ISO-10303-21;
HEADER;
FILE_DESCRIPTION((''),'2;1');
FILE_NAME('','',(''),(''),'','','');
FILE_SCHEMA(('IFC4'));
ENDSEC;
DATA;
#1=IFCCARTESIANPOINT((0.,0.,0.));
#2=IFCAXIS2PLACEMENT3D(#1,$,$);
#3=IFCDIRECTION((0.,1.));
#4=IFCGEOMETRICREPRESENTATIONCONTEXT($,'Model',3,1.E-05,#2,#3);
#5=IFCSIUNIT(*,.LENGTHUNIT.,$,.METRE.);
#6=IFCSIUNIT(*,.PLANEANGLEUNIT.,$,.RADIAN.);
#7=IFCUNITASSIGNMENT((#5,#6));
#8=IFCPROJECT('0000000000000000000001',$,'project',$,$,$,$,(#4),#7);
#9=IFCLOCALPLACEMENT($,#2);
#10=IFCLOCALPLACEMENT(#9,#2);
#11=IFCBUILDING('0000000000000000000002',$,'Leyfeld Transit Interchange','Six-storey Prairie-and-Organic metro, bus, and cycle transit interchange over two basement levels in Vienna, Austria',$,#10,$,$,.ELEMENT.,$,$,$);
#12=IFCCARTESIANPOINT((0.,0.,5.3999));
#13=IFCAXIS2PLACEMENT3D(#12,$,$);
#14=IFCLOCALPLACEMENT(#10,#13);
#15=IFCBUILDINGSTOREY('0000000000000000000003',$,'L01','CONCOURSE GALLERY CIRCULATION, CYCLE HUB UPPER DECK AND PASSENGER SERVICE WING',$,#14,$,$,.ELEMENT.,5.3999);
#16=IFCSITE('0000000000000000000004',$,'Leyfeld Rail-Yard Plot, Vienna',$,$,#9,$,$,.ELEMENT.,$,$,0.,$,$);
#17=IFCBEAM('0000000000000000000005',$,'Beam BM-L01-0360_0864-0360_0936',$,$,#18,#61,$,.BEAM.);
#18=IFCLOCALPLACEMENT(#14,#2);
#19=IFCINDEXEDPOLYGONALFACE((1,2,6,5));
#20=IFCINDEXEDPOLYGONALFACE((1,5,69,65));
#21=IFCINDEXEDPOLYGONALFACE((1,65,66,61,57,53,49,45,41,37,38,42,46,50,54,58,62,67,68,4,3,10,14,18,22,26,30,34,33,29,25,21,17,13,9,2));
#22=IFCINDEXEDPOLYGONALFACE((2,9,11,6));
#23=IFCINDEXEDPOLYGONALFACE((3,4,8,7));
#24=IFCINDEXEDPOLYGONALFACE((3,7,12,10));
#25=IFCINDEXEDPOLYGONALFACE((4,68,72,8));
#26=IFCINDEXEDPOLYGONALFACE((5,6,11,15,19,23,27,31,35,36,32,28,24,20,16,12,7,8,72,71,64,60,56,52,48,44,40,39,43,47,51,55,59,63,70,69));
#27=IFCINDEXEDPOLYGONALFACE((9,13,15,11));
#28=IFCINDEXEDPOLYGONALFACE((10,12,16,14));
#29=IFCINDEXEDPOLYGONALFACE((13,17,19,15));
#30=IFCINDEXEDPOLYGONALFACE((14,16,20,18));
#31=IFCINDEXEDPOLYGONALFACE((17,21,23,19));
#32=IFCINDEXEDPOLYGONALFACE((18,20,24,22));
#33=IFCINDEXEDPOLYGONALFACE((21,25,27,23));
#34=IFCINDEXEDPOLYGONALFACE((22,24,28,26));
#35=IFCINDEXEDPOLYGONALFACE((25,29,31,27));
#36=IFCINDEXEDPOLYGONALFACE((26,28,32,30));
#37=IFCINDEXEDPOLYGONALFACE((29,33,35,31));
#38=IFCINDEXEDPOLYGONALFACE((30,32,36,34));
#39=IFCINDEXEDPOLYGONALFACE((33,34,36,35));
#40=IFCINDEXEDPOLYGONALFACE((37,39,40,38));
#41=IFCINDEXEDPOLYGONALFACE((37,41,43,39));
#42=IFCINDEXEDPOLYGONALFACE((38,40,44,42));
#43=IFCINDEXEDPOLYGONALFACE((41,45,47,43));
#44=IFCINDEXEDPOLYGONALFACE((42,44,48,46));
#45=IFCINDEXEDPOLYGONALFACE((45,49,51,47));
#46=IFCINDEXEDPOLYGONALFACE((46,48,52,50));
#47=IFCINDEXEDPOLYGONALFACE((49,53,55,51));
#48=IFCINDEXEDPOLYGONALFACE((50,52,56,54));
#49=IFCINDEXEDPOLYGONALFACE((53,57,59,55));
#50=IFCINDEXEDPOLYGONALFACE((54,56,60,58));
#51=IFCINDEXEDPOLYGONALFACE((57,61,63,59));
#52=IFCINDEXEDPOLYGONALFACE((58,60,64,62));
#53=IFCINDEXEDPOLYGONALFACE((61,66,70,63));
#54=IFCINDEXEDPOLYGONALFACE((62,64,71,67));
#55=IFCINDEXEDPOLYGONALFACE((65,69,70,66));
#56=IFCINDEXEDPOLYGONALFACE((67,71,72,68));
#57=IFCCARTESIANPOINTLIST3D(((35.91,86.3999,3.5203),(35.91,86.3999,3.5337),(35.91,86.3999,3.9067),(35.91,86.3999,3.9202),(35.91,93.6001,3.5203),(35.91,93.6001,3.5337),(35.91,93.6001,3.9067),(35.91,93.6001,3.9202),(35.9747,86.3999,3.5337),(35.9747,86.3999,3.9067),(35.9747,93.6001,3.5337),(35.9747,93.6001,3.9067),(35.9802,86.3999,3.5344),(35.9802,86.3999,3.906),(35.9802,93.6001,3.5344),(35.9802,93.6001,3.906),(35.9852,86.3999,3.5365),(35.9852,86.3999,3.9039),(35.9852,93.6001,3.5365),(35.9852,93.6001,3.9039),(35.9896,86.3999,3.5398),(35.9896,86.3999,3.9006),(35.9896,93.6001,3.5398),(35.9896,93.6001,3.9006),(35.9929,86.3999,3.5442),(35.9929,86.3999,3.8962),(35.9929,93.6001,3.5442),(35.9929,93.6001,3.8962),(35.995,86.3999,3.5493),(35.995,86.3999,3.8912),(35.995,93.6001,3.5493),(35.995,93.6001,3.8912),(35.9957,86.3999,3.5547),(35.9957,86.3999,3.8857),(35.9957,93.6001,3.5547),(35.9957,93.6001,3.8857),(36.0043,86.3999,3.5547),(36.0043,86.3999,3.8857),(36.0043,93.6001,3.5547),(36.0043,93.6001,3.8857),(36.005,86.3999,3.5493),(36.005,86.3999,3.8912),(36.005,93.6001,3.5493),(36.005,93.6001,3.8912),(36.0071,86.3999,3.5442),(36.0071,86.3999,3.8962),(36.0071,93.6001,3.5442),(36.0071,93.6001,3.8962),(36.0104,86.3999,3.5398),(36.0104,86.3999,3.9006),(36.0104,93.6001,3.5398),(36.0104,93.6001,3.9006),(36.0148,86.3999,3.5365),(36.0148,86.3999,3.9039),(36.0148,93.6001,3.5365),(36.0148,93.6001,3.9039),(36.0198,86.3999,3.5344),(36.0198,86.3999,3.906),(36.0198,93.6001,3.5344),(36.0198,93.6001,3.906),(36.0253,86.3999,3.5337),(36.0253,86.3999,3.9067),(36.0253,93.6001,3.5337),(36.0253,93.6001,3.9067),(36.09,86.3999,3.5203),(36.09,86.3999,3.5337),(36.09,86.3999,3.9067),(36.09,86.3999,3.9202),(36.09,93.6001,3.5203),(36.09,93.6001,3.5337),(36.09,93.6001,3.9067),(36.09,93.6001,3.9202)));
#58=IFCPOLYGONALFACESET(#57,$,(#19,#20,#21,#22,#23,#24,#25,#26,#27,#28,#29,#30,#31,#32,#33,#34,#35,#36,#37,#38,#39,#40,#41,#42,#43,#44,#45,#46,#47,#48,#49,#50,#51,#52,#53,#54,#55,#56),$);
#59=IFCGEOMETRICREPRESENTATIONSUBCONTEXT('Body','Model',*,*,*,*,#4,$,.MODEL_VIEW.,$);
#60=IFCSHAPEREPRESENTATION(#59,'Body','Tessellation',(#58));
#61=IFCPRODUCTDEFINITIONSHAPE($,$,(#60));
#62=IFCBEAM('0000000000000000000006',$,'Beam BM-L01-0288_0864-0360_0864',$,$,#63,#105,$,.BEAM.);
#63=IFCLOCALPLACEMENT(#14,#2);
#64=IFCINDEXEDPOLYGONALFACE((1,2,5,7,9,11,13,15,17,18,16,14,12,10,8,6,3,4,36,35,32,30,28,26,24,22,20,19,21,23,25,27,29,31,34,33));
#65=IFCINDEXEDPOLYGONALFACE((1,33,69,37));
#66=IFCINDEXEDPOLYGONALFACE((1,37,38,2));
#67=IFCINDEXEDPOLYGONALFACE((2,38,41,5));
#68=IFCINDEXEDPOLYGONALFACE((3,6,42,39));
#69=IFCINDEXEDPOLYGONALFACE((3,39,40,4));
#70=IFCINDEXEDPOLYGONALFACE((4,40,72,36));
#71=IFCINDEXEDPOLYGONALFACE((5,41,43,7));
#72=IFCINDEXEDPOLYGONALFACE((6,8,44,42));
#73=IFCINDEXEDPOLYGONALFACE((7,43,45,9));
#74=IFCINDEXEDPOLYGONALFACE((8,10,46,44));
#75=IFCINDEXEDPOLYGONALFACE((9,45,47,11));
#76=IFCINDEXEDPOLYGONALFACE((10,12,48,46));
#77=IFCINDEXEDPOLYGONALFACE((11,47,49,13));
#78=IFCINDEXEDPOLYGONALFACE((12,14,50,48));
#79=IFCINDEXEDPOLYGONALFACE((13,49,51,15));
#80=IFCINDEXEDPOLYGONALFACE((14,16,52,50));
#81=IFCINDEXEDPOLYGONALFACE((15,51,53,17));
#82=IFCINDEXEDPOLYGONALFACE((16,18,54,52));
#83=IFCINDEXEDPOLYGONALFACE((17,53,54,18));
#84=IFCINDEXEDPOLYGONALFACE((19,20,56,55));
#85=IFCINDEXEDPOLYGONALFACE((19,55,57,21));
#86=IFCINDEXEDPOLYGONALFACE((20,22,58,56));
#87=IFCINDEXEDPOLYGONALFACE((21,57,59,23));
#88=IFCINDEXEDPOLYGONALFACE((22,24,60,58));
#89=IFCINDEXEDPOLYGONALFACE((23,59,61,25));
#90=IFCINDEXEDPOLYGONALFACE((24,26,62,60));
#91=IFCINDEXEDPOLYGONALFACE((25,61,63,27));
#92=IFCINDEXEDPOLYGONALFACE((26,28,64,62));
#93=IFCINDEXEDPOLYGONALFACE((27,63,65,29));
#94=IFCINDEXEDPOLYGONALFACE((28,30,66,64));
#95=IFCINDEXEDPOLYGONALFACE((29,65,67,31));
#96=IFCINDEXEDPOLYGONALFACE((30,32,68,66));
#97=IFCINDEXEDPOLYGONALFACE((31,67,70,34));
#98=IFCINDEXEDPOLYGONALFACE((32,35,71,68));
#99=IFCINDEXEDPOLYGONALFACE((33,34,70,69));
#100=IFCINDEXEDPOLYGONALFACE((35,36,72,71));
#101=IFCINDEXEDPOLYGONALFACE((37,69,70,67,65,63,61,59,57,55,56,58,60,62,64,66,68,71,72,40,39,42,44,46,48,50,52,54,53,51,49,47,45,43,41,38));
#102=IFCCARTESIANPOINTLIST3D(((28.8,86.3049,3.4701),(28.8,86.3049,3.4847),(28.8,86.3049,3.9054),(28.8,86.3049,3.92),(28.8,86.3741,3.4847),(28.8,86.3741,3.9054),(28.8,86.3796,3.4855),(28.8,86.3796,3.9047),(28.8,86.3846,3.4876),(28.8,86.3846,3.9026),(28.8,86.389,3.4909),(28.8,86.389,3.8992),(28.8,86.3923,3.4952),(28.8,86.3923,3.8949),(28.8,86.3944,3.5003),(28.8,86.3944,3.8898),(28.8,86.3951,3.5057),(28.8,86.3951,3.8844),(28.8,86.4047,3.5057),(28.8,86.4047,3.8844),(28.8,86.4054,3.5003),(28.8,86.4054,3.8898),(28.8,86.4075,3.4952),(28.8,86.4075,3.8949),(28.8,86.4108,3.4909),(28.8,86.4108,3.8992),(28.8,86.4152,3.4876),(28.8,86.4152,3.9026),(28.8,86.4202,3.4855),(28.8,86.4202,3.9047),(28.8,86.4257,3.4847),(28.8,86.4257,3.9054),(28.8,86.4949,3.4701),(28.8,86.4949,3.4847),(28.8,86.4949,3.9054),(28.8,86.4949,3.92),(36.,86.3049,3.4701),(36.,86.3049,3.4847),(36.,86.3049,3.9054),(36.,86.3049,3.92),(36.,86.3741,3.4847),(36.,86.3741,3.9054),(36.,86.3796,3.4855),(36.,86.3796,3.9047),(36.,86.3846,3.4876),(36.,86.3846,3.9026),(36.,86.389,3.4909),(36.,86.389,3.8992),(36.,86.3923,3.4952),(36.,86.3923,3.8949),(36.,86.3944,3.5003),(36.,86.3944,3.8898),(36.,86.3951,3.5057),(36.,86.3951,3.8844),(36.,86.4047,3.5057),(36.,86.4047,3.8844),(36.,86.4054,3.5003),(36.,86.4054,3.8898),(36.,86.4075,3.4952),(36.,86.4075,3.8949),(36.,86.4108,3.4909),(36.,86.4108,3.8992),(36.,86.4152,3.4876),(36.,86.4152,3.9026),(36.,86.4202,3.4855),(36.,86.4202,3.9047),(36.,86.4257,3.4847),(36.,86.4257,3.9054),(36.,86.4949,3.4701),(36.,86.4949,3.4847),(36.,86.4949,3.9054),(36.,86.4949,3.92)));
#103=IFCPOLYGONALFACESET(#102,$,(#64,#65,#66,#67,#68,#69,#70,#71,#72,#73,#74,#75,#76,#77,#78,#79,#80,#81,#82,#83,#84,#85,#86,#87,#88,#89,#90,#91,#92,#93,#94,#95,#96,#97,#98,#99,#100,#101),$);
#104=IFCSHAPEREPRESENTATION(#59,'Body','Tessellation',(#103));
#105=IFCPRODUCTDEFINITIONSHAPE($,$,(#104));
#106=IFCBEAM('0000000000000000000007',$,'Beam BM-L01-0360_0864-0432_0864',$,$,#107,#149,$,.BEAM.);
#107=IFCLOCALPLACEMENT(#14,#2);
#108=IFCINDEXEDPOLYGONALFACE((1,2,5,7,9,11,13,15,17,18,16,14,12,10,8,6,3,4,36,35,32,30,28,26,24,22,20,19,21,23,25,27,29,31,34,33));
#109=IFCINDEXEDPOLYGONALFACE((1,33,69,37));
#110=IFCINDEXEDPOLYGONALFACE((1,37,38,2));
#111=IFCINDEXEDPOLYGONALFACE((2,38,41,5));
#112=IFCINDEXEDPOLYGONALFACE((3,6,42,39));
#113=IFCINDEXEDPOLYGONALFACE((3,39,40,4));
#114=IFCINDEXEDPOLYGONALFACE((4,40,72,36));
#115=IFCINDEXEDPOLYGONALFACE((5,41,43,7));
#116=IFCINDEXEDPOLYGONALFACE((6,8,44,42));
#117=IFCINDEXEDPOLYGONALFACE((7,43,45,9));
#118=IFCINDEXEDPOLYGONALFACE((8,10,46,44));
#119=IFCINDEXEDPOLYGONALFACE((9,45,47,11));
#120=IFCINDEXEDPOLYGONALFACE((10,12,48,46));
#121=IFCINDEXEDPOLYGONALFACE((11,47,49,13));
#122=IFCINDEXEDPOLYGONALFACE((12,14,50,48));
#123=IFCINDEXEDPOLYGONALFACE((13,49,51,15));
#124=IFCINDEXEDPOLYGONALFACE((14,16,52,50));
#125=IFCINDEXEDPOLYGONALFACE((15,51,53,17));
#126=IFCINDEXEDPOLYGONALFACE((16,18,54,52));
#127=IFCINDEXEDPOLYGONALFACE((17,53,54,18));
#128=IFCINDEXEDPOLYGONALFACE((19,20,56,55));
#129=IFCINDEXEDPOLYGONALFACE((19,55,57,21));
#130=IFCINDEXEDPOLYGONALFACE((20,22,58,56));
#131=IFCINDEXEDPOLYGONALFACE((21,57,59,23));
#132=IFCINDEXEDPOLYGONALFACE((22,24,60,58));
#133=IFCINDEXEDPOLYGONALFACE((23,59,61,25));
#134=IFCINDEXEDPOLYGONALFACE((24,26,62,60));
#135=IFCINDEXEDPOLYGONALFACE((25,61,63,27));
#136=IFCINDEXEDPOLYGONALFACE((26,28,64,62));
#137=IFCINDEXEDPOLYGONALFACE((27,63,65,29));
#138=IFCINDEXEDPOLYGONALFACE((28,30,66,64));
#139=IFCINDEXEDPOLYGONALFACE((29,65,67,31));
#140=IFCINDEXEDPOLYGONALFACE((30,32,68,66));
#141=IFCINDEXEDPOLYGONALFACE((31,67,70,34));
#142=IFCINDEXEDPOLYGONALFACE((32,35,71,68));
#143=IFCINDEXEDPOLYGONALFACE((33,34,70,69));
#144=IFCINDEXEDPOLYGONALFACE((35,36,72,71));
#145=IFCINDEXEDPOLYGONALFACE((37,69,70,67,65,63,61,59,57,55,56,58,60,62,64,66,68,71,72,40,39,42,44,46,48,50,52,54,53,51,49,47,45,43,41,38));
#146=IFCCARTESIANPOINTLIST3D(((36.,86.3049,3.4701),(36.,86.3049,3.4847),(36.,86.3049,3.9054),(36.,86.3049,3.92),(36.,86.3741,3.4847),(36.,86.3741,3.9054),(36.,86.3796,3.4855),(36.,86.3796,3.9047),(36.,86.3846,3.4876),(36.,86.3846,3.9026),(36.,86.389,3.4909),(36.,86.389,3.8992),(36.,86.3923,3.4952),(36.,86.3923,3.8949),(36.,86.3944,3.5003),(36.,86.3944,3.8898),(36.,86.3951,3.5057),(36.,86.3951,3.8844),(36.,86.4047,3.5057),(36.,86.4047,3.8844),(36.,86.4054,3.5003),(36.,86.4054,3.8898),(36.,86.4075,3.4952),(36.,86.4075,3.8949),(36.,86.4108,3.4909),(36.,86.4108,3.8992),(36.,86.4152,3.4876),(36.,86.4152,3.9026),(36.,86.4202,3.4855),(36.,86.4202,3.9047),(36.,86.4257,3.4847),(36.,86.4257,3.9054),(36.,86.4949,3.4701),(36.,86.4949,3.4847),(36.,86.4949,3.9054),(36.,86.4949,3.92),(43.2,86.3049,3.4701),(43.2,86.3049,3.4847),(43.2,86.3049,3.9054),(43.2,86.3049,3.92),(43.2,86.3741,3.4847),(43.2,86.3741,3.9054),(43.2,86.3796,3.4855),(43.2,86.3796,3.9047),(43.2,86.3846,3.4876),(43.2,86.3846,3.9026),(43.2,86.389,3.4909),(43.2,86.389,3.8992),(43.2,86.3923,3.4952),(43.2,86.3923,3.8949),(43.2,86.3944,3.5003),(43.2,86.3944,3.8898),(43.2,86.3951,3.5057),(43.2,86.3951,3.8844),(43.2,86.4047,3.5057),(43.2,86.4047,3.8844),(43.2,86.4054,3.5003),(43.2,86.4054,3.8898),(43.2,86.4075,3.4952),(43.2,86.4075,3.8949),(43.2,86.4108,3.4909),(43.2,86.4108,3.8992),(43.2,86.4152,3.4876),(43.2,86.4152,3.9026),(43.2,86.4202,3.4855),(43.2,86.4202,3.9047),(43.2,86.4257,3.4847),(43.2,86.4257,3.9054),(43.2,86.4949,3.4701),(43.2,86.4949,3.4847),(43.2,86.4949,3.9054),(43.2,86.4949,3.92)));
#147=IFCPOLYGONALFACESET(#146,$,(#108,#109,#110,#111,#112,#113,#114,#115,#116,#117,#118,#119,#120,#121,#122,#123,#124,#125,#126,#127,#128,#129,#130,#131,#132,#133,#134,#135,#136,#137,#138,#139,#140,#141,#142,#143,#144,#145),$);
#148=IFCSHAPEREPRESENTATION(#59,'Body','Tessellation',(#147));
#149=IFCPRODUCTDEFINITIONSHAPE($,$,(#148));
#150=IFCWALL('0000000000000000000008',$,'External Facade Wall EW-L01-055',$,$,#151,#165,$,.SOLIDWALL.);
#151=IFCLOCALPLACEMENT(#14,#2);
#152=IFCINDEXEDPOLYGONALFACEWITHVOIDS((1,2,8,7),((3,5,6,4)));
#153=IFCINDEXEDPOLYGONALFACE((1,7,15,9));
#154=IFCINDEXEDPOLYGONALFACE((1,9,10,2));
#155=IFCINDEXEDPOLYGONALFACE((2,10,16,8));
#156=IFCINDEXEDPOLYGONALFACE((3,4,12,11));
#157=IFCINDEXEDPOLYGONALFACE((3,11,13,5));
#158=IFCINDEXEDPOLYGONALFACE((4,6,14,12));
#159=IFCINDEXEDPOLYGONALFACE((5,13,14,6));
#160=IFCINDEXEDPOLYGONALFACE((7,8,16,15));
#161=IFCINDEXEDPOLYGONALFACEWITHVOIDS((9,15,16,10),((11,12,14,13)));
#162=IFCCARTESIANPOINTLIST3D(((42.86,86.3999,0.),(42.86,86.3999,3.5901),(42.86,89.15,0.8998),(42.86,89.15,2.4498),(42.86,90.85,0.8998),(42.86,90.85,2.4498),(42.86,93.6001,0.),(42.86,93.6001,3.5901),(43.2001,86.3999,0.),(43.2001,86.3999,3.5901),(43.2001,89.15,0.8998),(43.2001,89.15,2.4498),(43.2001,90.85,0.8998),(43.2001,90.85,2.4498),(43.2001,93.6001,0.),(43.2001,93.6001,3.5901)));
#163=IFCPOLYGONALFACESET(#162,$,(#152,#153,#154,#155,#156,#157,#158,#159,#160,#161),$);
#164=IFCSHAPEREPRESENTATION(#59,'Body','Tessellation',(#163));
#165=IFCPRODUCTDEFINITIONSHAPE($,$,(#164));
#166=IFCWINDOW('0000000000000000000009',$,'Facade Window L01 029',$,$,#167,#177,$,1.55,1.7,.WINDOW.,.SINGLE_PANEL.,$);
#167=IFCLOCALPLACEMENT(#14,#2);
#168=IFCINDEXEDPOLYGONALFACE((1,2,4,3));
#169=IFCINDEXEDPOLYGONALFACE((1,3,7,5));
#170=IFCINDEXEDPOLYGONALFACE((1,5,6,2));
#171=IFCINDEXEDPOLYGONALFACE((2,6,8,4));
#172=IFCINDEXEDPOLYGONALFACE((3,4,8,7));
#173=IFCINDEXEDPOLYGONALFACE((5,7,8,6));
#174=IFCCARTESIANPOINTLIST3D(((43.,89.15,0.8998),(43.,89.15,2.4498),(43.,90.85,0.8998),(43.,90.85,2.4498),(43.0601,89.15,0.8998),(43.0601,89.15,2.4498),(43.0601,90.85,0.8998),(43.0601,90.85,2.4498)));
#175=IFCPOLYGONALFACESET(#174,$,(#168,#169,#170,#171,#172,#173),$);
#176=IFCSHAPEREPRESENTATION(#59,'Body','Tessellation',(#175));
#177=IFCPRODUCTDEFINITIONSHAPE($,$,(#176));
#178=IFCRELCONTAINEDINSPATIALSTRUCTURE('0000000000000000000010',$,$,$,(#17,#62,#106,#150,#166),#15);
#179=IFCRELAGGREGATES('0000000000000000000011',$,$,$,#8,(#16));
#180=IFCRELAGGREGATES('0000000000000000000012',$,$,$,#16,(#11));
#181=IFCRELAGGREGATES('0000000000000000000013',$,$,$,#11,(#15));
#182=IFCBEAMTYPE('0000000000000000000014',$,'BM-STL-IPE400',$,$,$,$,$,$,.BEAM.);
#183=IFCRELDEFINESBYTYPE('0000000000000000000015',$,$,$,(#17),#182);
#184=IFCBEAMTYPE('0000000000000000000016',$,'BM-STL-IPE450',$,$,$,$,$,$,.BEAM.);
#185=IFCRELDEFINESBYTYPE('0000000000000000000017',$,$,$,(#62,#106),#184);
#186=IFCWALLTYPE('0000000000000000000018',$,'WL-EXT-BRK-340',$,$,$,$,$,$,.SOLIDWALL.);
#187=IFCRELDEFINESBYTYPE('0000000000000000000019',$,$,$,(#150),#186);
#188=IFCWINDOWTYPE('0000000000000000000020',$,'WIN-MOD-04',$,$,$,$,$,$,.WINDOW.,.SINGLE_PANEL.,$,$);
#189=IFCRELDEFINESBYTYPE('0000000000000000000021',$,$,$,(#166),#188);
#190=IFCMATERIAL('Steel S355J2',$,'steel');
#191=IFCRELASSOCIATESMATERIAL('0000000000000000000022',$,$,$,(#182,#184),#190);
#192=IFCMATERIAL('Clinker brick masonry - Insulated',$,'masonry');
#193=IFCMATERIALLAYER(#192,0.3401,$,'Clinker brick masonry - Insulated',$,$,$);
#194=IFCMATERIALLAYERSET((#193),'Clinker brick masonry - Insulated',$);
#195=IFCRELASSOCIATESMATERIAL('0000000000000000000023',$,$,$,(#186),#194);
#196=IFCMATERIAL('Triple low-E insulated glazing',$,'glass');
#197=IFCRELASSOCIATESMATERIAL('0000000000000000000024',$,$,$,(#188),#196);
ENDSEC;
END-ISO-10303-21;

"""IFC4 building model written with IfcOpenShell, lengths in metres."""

from ifc_helpers import new_model, si_unit, direction, frame, frame_2d, origin, origin_2d, place, context, subcontext, project, spatial, rectangle, i_section, extrude, material, layer, layer_set, material_profile, profile_set, type_object, element, fill, save


model = new_model("IFC4")

# Units and contexts
model_context = context("Model", 3, precision=1e-05, world=origin(), true_north=direction((0.0, 1.0)))
body_context = subcontext(model_context, "Body", "Model", "MODEL_VIEW")
ifc_project = project(units=[si_unit("LENGTHUNIT", "METRE"), si_unit("PLANEANGLEUNIT", "RADIAN")], contexts=[model_context])

# Site, building, storey
site_placement = place(None, origin())
site = spatial("IfcSite", under=ifc_project, at=site_placement, Name="Leyfeld Rail-Yard Plot, Vienna", CompositionType="ELEMENT", RefElevation=0.0)
building_placement = place(site_placement, origin())
building = spatial("IfcBuilding", under=site, at=building_placement, Name="Leyfeld Transit Interchange", Description="Six-storey Prairie-and-Organic metro, bus, and cycle transit interchange over two basement levels in Vienna, Austria", CompositionType="ELEMENT")
storey_placement = place(building_placement, frame((0.0, 0.0, 5.3999)))
storey = spatial("IfcBuildingStorey", under=building, at=storey_placement, Name="L01", Description="CONCOURSE GALLERY CIRCULATION, CYCLE HUB UPPER DECK AND PASSENGER SERVICE WING", CompositionType="ELEMENT", Elevation=5.3999)

# Beams
ifc_material_1 = material(Name="Steel S355J2", Category="steel")
ifc_material_profile_1 = material_profile(ifc_material_1, i_section(OverallWidth=0.1799, OverallDepth=0.3999, WebThickness=0.0085, FlangeThickness=0.0134, FilletRadius=0.021, at=origin_2d()), Name="IPE 400")
ifc_profile_set_1 = profile_set([ifc_material_profile_1], Name="Steel S355J2")
beam_type_1 = type_object("IfcBeamType", Name="BM-STL-IPE400", PredefinedType="BEAM", material=ifc_profile_set_1)
for number, where, z_axis, x_axis, name in (
    (1, (36.0, 86.3999, 3.7202), (0.0, 1.0, 0.0), (-1.0, 0.0, 0.0), "Beam BM-L01-0360_0864-0360_0936"),
):
    element("IfcBeam", number, at=place(storey_placement, frame(where, z_axis=z_axis, x_axis=x_axis)), inside=storey, type_object=beam_type_1, Name=name, PredefinedType="BEAM", context=body_context, shape_type="SweptSolid", body=[
        extrude(i_section(OverallWidth=0.1799, OverallDepth=0.3999, WebThickness=0.0085, FlangeThickness=0.0134, FilletRadius=0.021, at=origin_2d()), origin(), (0.0, 0.0, 1.0), 7.2002),
    ])
ifc_material_profile_2 = material_profile(ifc_material_1, i_section(OverallWidth=0.1899, OverallDepth=0.45, WebThickness=0.0095, FlangeThickness=0.0146, FilletRadius=0.021, at=origin_2d()), Name="IPE 450")
ifc_profile_set_2 = profile_set([ifc_material_profile_2], Name="Steel S355J2")
beam_type_2 = type_object("IfcBeamType", Name="BM-STL-IPE450", PredefinedType="BEAM", material=ifc_profile_set_2)
for number, where, z_axis, x_axis, name in (
    (2, (28.8, 86.3999, 3.6951), (1.0, 0.0, 0.0), (0.0, 1.0, 0.0), "Beam BM-L01-0288_0864-0360_0864"),
    (3, (36.0, 86.3999, 3.6951), (1.0, 0.0, 0.0), (0.0, 1.0, 0.0), "Beam BM-L01-0360_0864-0432_0864"),
):
    element("IfcBeam", number, at=place(storey_placement, frame(where, z_axis=z_axis, x_axis=x_axis)), inside=storey, type_object=beam_type_2, Name=name, PredefinedType="BEAM", context=body_context, shape_type="SweptSolid", body=[
        extrude(i_section(OverallWidth=0.1899, OverallDepth=0.45, WebThickness=0.0095, FlangeThickness=0.0146, FilletRadius=0.021, at=origin_2d()), origin(), (0.0, 0.0, 1.0), 7.2),
    ])

# Wall, opening, window
ifc_material_2 = material(Name="Clinker brick masonry - Insulated", Category="masonry")
ifc_layer_1 = layer(ifc_material_2, 0.3401, Name="Clinker brick masonry - Insulated")
ifc_layer_set_1 = layer_set([ifc_layer_1], Name="Clinker brick masonry - Insulated")
wall_type_1 = type_object("IfcWallType", Name="WL-EXT-BRK-340", PredefinedType="SOLIDWALL", material=ifc_layer_set_1)
wall_1_placement = place(storey_placement, frame((43.03, 93.6001, 0.0), z_axis=(0.0, 0.0, 1.0), x_axis=(0.0, -1.0, 0.0)))
wall_1 = element("IfcWall", 4, at=wall_1_placement, inside=storey, type_object=wall_type_1, Name="External Facade Wall EW-L01-055", PredefinedType="SOLIDWALL", context=body_context, shape_type="SweptSolid", body=[
    extrude(rectangle(XDim=7.2002, YDim=0.3401, at=frame_2d((3.6001, 0.0))), origin(), (0.0, 0.0, 1.0), 3.5901),
])
opening_1_placement = place(wall_1_placement, frame((2.75, 0.0, 0.8999)))
opening_1 = element("IfcOpeningElement", 5, at=opening_1_placement, cuts=wall_1, PredefinedType="OPENING", context=body_context, shape_type="SweptSolid", body=[
    extrude(rectangle(XDim=1.7, YDim=1.55, at=frame_2d((0.8501, 0.7749))), frame((0.0, 0.1799, 0.0), z_axis=(0.0, -1.0, 0.0), x_axis=(1.0, 0.0, 0.0)), (0.0, 0.0, 1.0), 0.3601),
])
ifc_material_3 = material(Name="Triple low-E insulated glazing", Category="glass")
window_type_1 = type_object("IfcWindowType", Name="WIN-MOD-04", PartitioningType="SINGLE_PANEL", PredefinedType="WINDOW", material=ifc_material_3)
window_1_placement = place(opening_1_placement, origin())
window_1 = element("IfcWindow", 6, at=window_1_placement, inside=storey, type_object=window_type_1, Name="Facade Window L01 029", OverallHeight=1.55, OverallWidth=1.7, PartitioningType="SINGLE_PANEL", PredefinedType="WINDOW", context=body_context, shape_type="SweptSolid", body=[
    extrude(rectangle(XDim=1.7, YDim=1.55, at=frame_2d((0.8501, 0.7749))), frame((0.0, 0.03, 0.0), z_axis=(0.0, -1.0, 0.0), x_axis=(1.0, 0.0, 0.0)), (0.0, 0.0, 1.0), 0.0601),
])
fill(opening_1, window_1)

save(model, "model.ifc")
